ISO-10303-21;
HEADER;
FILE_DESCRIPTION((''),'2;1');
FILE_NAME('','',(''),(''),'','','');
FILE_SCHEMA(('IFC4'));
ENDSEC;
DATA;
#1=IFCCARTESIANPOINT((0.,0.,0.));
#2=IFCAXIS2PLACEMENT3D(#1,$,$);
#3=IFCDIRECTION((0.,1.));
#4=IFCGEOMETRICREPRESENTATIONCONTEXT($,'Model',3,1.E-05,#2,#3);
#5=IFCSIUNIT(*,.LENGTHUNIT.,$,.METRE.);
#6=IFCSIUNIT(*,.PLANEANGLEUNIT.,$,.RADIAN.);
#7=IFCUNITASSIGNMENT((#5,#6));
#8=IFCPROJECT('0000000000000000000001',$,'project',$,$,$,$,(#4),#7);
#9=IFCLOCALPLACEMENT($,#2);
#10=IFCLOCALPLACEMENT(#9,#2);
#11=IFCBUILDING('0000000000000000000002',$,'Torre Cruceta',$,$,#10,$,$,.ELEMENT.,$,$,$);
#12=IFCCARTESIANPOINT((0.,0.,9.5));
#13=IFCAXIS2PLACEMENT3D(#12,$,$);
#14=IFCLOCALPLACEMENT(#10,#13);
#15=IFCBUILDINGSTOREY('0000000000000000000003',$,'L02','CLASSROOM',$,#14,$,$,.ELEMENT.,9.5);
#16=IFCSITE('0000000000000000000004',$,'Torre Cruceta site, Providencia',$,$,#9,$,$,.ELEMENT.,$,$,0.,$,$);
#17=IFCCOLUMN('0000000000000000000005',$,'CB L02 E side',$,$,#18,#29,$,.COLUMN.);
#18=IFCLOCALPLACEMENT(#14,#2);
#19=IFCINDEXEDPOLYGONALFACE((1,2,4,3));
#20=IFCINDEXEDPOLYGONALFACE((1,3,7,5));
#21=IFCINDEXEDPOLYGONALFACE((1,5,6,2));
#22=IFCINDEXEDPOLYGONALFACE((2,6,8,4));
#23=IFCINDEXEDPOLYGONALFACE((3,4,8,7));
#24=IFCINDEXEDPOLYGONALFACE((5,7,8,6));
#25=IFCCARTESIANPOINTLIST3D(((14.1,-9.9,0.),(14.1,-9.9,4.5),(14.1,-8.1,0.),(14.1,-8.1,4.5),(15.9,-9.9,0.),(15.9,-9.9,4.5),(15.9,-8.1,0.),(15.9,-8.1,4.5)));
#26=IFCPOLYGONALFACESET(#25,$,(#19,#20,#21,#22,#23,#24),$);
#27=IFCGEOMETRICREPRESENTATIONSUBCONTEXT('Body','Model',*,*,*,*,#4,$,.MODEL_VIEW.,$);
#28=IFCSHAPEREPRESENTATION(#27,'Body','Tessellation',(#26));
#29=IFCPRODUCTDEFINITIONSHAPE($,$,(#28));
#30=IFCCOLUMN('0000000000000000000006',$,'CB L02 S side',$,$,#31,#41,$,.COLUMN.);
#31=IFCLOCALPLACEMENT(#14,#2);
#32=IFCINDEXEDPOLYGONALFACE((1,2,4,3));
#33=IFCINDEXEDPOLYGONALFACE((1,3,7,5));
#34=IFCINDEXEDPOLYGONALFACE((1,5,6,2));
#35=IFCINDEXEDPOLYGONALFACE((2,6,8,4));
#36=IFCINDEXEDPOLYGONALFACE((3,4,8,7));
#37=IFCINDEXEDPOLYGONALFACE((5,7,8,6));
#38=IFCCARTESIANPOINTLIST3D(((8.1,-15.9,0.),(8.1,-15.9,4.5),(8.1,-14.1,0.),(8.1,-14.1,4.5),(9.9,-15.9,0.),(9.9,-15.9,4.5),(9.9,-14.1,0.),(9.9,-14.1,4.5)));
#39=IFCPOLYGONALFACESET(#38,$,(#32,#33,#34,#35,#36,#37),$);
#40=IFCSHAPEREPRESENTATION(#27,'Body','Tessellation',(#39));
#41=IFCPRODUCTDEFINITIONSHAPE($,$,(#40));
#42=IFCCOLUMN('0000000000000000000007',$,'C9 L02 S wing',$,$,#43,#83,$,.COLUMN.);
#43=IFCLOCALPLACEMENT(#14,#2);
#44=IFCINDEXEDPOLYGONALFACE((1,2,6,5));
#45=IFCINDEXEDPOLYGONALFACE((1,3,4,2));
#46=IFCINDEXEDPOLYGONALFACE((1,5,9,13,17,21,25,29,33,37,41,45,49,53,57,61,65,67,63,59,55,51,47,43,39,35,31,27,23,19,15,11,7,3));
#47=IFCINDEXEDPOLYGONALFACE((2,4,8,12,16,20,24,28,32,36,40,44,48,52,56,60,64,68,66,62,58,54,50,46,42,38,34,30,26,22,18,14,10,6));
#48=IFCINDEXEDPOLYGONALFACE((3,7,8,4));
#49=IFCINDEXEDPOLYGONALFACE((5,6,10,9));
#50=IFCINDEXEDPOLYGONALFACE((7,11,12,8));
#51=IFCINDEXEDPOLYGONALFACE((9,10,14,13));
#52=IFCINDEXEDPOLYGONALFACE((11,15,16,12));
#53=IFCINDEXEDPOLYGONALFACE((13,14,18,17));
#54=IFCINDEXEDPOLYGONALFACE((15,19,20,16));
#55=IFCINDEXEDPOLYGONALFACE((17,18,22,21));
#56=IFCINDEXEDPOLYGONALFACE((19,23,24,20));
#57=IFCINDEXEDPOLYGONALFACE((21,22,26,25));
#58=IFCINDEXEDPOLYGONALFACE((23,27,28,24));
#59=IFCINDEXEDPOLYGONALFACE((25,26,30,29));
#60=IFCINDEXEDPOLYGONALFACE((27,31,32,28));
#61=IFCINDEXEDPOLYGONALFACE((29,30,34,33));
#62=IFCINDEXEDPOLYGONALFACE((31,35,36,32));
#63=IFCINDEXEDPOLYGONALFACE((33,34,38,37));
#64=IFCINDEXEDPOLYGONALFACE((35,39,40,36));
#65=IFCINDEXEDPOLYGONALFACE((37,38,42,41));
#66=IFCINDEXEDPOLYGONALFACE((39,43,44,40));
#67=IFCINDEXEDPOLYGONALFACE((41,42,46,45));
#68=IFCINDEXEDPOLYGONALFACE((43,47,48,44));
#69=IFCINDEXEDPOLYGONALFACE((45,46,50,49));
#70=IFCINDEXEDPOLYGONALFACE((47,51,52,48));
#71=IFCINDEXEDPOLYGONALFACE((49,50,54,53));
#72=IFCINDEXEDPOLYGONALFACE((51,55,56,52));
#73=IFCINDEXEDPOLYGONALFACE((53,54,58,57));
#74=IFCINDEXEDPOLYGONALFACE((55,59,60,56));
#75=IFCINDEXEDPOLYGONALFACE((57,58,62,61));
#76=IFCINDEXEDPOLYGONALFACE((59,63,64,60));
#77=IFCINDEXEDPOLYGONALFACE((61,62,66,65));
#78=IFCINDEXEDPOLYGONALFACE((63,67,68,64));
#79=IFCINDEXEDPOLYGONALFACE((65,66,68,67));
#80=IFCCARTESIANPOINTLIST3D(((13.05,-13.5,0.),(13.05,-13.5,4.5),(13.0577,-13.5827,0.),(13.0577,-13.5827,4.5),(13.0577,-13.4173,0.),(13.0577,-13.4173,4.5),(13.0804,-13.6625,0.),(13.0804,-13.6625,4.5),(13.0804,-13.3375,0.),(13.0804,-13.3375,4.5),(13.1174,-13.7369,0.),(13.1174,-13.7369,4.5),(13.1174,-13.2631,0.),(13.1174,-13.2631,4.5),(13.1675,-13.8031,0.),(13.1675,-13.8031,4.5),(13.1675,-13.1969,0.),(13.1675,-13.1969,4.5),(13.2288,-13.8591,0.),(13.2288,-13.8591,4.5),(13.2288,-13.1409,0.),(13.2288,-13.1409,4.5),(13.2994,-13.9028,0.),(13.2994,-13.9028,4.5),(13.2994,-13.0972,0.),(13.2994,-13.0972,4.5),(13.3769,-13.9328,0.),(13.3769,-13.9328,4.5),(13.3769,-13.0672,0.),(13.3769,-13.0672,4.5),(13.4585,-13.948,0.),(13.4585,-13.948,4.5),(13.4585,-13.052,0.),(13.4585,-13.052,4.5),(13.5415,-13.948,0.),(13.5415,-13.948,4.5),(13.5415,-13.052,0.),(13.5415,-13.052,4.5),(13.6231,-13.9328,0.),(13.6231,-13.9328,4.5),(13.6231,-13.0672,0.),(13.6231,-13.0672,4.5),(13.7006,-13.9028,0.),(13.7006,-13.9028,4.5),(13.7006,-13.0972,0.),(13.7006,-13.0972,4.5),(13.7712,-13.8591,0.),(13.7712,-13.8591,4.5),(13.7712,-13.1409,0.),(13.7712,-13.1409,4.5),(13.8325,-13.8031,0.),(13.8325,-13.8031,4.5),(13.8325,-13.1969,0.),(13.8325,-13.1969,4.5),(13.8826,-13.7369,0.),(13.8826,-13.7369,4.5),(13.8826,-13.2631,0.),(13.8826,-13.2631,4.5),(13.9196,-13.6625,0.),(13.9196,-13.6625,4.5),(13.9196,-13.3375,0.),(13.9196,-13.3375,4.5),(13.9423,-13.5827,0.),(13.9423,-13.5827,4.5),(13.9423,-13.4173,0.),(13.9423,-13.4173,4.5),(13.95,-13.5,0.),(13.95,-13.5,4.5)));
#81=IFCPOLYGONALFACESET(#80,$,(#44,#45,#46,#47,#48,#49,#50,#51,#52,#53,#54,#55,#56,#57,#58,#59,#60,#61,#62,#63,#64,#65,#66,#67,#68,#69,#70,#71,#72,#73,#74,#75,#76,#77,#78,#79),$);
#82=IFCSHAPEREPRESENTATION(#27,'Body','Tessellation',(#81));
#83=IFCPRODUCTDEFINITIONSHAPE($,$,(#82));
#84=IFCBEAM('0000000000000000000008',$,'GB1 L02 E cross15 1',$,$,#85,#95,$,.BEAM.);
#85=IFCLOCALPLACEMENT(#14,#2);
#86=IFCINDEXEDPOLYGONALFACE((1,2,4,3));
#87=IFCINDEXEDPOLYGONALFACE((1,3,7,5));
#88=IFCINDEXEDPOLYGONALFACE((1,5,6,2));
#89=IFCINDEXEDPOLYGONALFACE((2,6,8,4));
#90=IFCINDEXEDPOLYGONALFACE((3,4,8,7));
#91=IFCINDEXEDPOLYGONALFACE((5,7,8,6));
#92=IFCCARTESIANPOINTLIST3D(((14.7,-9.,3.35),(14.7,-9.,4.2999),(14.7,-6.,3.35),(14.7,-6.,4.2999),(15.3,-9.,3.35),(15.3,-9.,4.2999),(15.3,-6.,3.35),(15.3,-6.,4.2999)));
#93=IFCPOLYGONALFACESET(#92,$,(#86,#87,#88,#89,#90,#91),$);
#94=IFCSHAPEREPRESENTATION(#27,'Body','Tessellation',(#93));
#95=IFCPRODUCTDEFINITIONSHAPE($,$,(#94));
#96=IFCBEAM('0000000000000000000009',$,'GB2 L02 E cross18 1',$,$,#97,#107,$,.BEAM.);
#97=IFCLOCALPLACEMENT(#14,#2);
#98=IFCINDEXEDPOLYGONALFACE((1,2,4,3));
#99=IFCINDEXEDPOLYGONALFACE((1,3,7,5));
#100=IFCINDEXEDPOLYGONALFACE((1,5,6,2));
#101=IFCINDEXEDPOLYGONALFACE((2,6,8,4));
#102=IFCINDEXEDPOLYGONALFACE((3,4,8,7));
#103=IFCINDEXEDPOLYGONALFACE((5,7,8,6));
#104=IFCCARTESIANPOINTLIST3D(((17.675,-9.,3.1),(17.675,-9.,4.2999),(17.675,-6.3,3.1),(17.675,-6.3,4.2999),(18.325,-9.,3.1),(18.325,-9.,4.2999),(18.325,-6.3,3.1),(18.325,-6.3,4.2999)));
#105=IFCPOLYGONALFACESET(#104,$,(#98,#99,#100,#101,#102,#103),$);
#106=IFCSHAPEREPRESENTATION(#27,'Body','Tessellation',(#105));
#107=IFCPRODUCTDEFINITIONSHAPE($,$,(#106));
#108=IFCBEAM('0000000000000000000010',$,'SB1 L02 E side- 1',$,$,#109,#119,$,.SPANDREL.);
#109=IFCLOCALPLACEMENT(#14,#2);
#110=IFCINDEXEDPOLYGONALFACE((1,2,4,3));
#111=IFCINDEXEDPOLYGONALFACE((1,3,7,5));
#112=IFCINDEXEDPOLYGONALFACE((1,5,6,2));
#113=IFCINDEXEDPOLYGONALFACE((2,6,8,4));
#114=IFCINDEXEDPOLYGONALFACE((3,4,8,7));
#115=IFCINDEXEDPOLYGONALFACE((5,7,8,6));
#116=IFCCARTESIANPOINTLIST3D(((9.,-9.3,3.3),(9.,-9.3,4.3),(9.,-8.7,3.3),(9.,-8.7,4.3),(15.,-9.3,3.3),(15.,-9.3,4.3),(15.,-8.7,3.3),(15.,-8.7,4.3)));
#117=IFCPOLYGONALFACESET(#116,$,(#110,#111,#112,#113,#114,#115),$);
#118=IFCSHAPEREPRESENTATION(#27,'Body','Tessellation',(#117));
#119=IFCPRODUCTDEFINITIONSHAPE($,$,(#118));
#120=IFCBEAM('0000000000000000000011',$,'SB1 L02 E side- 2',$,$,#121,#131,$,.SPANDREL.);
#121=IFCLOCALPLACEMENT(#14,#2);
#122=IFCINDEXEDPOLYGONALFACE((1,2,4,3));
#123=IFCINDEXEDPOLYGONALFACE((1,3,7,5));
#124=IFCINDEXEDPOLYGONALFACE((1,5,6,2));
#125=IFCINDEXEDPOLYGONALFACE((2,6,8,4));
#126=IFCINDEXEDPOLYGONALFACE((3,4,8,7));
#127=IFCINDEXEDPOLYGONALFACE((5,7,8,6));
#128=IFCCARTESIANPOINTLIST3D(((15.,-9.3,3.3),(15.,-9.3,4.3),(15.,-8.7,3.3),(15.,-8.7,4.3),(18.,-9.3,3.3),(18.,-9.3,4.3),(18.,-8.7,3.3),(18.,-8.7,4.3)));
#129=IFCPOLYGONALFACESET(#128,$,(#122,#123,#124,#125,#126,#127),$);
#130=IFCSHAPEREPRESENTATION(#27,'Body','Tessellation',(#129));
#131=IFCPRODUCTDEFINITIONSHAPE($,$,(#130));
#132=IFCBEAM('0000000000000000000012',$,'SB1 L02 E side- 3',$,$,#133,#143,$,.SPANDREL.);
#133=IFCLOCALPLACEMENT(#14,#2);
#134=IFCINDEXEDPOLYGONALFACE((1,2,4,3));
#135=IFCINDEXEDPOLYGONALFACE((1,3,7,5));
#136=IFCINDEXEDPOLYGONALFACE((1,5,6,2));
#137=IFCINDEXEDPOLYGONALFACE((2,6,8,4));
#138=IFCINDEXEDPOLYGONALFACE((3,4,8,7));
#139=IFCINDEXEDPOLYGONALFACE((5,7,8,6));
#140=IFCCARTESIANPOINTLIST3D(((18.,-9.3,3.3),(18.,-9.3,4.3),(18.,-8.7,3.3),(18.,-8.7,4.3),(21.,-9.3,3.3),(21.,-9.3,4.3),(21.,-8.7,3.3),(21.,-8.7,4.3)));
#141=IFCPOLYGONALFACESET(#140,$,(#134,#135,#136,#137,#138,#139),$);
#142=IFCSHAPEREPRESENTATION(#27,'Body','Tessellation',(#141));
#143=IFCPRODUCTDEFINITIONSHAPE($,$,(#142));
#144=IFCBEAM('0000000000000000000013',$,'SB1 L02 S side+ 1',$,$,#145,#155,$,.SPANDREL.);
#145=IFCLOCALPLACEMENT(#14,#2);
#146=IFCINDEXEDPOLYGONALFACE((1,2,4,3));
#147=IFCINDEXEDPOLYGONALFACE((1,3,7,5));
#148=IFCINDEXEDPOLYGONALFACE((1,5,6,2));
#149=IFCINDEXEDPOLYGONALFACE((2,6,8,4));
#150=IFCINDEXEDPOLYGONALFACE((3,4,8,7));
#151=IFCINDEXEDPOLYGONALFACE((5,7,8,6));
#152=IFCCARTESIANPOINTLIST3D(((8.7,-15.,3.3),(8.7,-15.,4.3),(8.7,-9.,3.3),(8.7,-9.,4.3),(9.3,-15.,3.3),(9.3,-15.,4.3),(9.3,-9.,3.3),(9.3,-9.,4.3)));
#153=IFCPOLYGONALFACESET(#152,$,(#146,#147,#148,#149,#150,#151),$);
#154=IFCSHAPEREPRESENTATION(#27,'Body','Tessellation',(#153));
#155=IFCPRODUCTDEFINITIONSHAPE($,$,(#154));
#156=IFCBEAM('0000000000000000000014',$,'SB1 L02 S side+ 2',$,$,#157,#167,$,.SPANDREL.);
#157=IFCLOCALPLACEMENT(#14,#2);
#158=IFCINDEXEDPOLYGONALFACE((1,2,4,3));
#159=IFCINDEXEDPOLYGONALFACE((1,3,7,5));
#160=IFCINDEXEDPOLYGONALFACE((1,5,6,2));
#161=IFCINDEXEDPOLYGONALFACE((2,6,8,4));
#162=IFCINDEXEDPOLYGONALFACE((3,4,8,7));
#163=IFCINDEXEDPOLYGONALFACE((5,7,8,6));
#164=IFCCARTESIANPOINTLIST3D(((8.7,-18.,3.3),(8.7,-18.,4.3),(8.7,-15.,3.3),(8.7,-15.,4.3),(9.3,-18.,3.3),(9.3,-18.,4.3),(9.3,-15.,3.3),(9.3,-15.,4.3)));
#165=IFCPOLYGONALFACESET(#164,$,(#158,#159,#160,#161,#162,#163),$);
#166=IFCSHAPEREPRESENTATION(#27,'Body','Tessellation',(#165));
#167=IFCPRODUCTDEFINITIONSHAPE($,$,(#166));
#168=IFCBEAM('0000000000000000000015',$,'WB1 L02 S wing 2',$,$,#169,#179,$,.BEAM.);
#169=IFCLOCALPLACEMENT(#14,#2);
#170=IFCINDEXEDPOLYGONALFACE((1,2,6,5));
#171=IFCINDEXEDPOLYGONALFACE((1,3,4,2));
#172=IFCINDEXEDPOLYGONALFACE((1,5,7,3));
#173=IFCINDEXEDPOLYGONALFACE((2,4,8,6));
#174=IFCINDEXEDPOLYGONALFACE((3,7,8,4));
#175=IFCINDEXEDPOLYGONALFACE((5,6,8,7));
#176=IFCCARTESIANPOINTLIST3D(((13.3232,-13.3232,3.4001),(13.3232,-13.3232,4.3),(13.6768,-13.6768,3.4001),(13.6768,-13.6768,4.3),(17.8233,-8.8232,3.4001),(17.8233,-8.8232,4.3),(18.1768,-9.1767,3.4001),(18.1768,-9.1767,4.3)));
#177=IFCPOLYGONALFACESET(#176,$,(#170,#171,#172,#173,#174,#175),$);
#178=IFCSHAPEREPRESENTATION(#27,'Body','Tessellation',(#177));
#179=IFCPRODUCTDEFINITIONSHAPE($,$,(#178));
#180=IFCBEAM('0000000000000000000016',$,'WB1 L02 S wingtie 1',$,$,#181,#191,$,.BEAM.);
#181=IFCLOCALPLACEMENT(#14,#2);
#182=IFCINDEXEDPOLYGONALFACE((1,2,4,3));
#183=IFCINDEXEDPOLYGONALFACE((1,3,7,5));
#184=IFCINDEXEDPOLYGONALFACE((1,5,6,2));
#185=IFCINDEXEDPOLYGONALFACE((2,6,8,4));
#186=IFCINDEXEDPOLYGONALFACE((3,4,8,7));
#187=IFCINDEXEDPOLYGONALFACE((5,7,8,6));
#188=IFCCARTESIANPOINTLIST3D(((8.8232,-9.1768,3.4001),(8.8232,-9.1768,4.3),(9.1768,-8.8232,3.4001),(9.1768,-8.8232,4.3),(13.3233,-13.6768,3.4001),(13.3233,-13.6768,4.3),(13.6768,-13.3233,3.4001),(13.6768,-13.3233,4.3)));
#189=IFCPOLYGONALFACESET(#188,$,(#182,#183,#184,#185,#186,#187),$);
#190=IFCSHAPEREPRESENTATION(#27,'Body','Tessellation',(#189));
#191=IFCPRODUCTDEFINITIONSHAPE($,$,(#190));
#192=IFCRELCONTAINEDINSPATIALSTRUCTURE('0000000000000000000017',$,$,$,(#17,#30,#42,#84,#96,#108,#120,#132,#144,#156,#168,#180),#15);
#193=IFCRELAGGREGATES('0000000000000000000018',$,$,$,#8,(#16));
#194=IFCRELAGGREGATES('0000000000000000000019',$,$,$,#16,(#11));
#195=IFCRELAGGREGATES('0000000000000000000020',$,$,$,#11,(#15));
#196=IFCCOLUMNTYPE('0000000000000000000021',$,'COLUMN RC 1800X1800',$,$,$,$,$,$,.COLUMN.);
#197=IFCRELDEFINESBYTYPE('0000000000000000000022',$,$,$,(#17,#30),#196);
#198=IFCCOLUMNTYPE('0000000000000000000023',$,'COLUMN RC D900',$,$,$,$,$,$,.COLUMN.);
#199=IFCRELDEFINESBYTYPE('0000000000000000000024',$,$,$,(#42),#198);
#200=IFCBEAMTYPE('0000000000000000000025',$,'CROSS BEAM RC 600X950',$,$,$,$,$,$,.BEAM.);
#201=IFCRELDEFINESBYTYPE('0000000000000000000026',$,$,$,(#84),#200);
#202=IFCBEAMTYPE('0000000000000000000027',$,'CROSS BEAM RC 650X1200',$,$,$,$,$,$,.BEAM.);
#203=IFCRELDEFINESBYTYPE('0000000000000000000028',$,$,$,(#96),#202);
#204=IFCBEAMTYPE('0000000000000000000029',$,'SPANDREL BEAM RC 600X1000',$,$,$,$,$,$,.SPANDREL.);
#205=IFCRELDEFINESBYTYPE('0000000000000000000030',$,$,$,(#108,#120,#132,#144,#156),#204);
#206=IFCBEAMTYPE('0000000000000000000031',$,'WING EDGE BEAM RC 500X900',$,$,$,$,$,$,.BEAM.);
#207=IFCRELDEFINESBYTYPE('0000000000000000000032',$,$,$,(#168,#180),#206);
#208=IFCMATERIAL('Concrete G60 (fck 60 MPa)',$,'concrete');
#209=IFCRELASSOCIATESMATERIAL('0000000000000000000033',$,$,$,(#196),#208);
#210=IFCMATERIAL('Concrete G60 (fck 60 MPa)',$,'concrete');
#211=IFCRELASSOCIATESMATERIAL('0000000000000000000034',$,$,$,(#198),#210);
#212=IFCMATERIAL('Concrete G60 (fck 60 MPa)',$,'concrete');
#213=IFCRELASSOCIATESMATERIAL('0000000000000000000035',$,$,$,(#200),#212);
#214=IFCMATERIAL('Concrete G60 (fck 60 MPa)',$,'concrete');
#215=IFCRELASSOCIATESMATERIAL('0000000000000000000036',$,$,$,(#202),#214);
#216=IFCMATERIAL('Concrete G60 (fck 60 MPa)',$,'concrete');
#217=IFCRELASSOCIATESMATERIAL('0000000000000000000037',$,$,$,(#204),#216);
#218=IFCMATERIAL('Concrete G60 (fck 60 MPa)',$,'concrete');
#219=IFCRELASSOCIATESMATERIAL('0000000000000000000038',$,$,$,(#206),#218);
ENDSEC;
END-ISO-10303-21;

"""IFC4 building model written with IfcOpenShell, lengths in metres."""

from ifc_helpers import new_model, si_unit, direction, frame, origin, origin_2d, place, context, subcontext, project, spatial, rectangle, circle, extrude, material, material_profile, profile_set, type_object, element, save


model = new_model("IFC4")

# Units and contexts
model_context = context("Model", 3, precision=1e-05, world=origin(), true_north=direction((0.0, 1.0)))
body_context = subcontext(model_context, "Body", "Model", "MODEL_VIEW")
ifc_project = project(units=[si_unit("LENGTHUNIT", "METRE"), si_unit("PLANEANGLEUNIT", "RADIAN")], contexts=[model_context])

# Site, building, storey
site_placement = place(None, origin())
site = spatial("IfcSite", under=ifc_project, at=site_placement, Name="Torre Cruceta site, Providencia", CompositionType="ELEMENT", RefElevation=0.0)
building_placement = place(site_placement, origin())
building = spatial("IfcBuilding", under=site, at=building_placement, Name="Torre Cruceta", CompositionType="ELEMENT")
storey_placement = place(building_placement, frame((0.0, 0.0, 9.5)))
storey = spatial("IfcBuildingStorey", under=building, at=storey_placement, Name="L02", Description="CLASSROOM", CompositionType="ELEMENT", Elevation=9.5)

# Columns
ifc_material_1 = material(Name="Concrete G60 (fck 60 MPa)", Category="concrete")
ifc_material_profile_1 = material_profile(ifc_material_1, rectangle(XDim=1.8, YDim=1.8, at=origin_2d()), Name="RC 1800X1800")
ifc_profile_set_1 = profile_set([ifc_material_profile_1], Name="Concrete G60 (fck 60 MPa)")
column_type_1 = type_object("IfcColumnType", Name="COLUMN RC 1800X1800", PredefinedType="COLUMN", material=ifc_profile_set_1)
for number, where, z_axis, x_axis, name in (
    (1, (15.0, -9.0, 0.0), (0.0, 0.0, 1.0), (1.0, 0.0, 0.0), "CB L02 E side"),
    (2, (9.0, -15.0, 0.0), (0.0, 0.0, 1.0), (1.0, 0.0, 0.0), "CB L02 S side"),
):
    element("IfcColumn", number, at=place(storey_placement, frame(where, z_axis=z_axis, x_axis=x_axis)), inside=storey, type_object=column_type_1, Name=name, PredefinedType="COLUMN", context=body_context, shape_type="SweptSolid", body=[
        extrude(rectangle(XDim=1.8, YDim=1.8, at=origin_2d()), origin(), (0.0, 0.0, 1.0), 4.5),
    ])
ifc_material_2 = material(Name="Concrete G60 (fck 60 MPa)", Category="concrete")
ifc_material_profile_2 = material_profile(ifc_material_2, circle(Radius=0.45, at=origin_2d()), Name="RC D900")
ifc_profile_set_2 = profile_set([ifc_material_profile_2], Name="Concrete G60 (fck 60 MPa)")
column_type_2 = type_object("IfcColumnType", Name="COLUMN RC D900", PredefinedType="COLUMN", material=ifc_profile_set_2)
column_placement = place(storey_placement, frame((13.5, -13.5, 0.0), z_axis=(0.0, 0.0, 1.0), x_axis=(1.0, 0.0, 0.0)))
element("IfcColumn", 3, at=column_placement, inside=storey, type_object=column_type_2, Name="C9 L02 S wing", PredefinedType="COLUMN", context=body_context, shape_type="SweptSolid", body=[
    extrude(circle(Radius=0.45, at=origin_2d()), origin(), (0.0, 0.0, 1.0), 4.5),
])

# Beams
ifc_material_3 = material(Name="Concrete G60 (fck 60 MPa)", Category="concrete")
ifc_material_profile_3 = material_profile(ifc_material_3, rectangle(XDim=0.6001, YDim=0.95, at=origin_2d()), Name="RC 600X950")
ifc_profile_set_3 = profile_set([ifc_material_profile_3], Name="Concrete G60 (fck 60 MPa)")
beam_type_1 = type_object("IfcBeamType", Name="CROSS BEAM RC 600X950", PredefinedType="BEAM", material=ifc_profile_set_3)
beam_1_placement = place(storey_placement, frame((15.0, -9.0, 3.825), z_axis=(0.0, 1.0, 0.0), x_axis=(-1.0, 0.0, 0.0)))
element("IfcBeam", 4, at=beam_1_placement, inside=storey, type_object=beam_type_1, Name="GB1 L02 E cross15 1", PredefinedType="BEAM", context=body_context, shape_type="SweptSolid", body=[
    extrude(rectangle(XDim=0.6001, YDim=0.95, at=origin_2d()), origin(), (0.0, 0.0, 1.0), 3.0),
])
ifc_material_4 = material(Name="Concrete G60 (fck 60 MPa)", Category="concrete")
ifc_material_profile_4 = material_profile(ifc_material_4, rectangle(XDim=0.6499, YDim=1.2, at=origin_2d()), Name="RC 650X1200")
ifc_profile_set_4 = profile_set([ifc_material_profile_4], Name="Concrete G60 (fck 60 MPa)")
beam_type_2 = type_object("IfcBeamType", Name="CROSS BEAM RC 650X1200", PredefinedType="BEAM", material=ifc_profile_set_4)
beam_2_placement = place(storey_placement, frame((18.0, -9.0, 3.7), z_axis=(0.0, 1.0, 0.0), x_axis=(-1.0, 0.0, 0.0)))
element("IfcBeam", 5, at=beam_2_placement, inside=storey, type_object=beam_type_2, Name="GB2 L02 E cross18 1", PredefinedType="BEAM", context=body_context, shape_type="SweptSolid", body=[
    extrude(rectangle(XDim=0.6499, YDim=1.2, at=origin_2d()), origin(), (0.0, 0.0, 1.0), 2.7),
])
ifc_material_5 = material(Name="Concrete G60 (fck 60 MPa)", Category="concrete")
ifc_material_profile_5 = material_profile(ifc_material_5, rectangle(XDim=0.6001, YDim=1.0, at=origin_2d()), Name="RC 600X1000")
ifc_profile_set_5 = profile_set([ifc_material_profile_5], Name="Concrete G60 (fck 60 MPa)")
beam_type_3 = type_object("IfcBeamType", Name="SPANDREL BEAM RC 600X1000", PredefinedType="SPANDREL", material=ifc_profile_set_5)
beam_3_placement = place(storey_placement, frame((9.0, -9.0, 3.8), z_axis=(1.0, 0.0, 0.0), x_axis=(0.0, 1.0, 0.0)))
element("IfcBeam", 6, at=beam_3_placement, inside=storey, type_object=beam_type_3, Name="SB1 L02 E side- 1", PredefinedType="SPANDREL", context=body_context, shape_type="SweptSolid", body=[
    extrude(rectangle(XDim=0.6001, YDim=1.0, at=origin_2d()), origin(), (0.0, 0.0, 1.0), 6.0),
])
for number, where, z_axis, x_axis, name in (
    (7, (15.0, -9.0, 3.8), (1.0, 0.0, 0.0), (0.0, 1.0, 0.0), "SB1 L02 E side- 2"),
    (8, (18.0, -9.0, 3.8), (1.0, 0.0, 0.0), (0.0, 1.0, 0.0), "SB1 L02 E side- 3"),
):
    element("IfcBeam", number, at=place(storey_placement, frame(where, z_axis=z_axis, x_axis=x_axis)), inside=storey, type_object=beam_type_3, Name=name, PredefinedType="SPANDREL", context=body_context, shape_type="SweptSolid", body=[
        extrude(rectangle(XDim=0.6001, YDim=1.0, at=origin_2d()), origin(), (0.0, 0.0, 1.0), 3.0),
    ])
beam_4_placement = place(storey_placement, frame((9.0, -9.0, 3.8), z_axis=(0.0, -1.0, 0.0), x_axis=(1.0, 0.0, 0.0)))
element("IfcBeam", 9, at=beam_4_placement, inside=storey, type_object=beam_type_3, Name="SB1 L02 S side+ 1", PredefinedType="SPANDREL", context=body_context, shape_type="SweptSolid", body=[
    extrude(rectangle(XDim=0.6001, YDim=1.0, at=origin_2d()), origin(), (0.0, 0.0, 1.0), 6.0),
])
beam_5_placement = place(storey_placement, frame((9.0, -15.0, 3.8), z_axis=(0.0, -1.0, 0.0), x_axis=(1.0, 0.0, 0.0)))
element("IfcBeam", 10, at=beam_5_placement, inside=storey, type_object=beam_type_3, Name="SB1 L02 S side+ 2", PredefinedType="SPANDREL", context=body_context, shape_type="SweptSolid", body=[
    extrude(rectangle(XDim=0.6001, YDim=1.0, at=origin_2d()), origin(), (0.0, 0.0, 1.0), 3.0),
])
ifc_material_6 = material(Name="Concrete G60 (fck 60 MPa)", Category="concrete")
ifc_material_profile_6 = material_profile(ifc_material_6, rectangle(XDim=0.5, YDim=0.8999, at=origin_2d()), Name="RC 500X900")
ifc_profile_set_6 = profile_set([ifc_material_profile_6], Name="Concrete G60 (fck 60 MPa)")
beam_type_4 = type_object("IfcBeamType", Name="WING EDGE BEAM RC 500X900", PredefinedType="BEAM", material=ifc_profile_set_6)
for number, where, z_axis, x_axis, name in (
    (11, (13.5, -13.5, 3.8501), (0.707107, 0.707107, 0.0), (-0.707107, 0.707107, 0.0), "WB1 L02 S wing 2"),
    (12, (9.0, -9.0, 3.8501), (0.707107, -0.707107, 0.0), (0.707107, 0.707107, 0.0), "WB1 L02 S wingtie 1"),
):
    element("IfcBeam", number, at=place(storey_placement, frame(where, z_axis=z_axis, x_axis=x_axis)), inside=storey, type_object=beam_type_4, Name=name, PredefinedType="BEAM", context=body_context, shape_type="SweptSolid", body=[
        extrude(rectangle(XDim=0.5, YDim=0.8999, at=origin_2d()), origin(), (0.0, 0.0, 1.0), 6.364),
    ])

save(model, "model.ifc")
